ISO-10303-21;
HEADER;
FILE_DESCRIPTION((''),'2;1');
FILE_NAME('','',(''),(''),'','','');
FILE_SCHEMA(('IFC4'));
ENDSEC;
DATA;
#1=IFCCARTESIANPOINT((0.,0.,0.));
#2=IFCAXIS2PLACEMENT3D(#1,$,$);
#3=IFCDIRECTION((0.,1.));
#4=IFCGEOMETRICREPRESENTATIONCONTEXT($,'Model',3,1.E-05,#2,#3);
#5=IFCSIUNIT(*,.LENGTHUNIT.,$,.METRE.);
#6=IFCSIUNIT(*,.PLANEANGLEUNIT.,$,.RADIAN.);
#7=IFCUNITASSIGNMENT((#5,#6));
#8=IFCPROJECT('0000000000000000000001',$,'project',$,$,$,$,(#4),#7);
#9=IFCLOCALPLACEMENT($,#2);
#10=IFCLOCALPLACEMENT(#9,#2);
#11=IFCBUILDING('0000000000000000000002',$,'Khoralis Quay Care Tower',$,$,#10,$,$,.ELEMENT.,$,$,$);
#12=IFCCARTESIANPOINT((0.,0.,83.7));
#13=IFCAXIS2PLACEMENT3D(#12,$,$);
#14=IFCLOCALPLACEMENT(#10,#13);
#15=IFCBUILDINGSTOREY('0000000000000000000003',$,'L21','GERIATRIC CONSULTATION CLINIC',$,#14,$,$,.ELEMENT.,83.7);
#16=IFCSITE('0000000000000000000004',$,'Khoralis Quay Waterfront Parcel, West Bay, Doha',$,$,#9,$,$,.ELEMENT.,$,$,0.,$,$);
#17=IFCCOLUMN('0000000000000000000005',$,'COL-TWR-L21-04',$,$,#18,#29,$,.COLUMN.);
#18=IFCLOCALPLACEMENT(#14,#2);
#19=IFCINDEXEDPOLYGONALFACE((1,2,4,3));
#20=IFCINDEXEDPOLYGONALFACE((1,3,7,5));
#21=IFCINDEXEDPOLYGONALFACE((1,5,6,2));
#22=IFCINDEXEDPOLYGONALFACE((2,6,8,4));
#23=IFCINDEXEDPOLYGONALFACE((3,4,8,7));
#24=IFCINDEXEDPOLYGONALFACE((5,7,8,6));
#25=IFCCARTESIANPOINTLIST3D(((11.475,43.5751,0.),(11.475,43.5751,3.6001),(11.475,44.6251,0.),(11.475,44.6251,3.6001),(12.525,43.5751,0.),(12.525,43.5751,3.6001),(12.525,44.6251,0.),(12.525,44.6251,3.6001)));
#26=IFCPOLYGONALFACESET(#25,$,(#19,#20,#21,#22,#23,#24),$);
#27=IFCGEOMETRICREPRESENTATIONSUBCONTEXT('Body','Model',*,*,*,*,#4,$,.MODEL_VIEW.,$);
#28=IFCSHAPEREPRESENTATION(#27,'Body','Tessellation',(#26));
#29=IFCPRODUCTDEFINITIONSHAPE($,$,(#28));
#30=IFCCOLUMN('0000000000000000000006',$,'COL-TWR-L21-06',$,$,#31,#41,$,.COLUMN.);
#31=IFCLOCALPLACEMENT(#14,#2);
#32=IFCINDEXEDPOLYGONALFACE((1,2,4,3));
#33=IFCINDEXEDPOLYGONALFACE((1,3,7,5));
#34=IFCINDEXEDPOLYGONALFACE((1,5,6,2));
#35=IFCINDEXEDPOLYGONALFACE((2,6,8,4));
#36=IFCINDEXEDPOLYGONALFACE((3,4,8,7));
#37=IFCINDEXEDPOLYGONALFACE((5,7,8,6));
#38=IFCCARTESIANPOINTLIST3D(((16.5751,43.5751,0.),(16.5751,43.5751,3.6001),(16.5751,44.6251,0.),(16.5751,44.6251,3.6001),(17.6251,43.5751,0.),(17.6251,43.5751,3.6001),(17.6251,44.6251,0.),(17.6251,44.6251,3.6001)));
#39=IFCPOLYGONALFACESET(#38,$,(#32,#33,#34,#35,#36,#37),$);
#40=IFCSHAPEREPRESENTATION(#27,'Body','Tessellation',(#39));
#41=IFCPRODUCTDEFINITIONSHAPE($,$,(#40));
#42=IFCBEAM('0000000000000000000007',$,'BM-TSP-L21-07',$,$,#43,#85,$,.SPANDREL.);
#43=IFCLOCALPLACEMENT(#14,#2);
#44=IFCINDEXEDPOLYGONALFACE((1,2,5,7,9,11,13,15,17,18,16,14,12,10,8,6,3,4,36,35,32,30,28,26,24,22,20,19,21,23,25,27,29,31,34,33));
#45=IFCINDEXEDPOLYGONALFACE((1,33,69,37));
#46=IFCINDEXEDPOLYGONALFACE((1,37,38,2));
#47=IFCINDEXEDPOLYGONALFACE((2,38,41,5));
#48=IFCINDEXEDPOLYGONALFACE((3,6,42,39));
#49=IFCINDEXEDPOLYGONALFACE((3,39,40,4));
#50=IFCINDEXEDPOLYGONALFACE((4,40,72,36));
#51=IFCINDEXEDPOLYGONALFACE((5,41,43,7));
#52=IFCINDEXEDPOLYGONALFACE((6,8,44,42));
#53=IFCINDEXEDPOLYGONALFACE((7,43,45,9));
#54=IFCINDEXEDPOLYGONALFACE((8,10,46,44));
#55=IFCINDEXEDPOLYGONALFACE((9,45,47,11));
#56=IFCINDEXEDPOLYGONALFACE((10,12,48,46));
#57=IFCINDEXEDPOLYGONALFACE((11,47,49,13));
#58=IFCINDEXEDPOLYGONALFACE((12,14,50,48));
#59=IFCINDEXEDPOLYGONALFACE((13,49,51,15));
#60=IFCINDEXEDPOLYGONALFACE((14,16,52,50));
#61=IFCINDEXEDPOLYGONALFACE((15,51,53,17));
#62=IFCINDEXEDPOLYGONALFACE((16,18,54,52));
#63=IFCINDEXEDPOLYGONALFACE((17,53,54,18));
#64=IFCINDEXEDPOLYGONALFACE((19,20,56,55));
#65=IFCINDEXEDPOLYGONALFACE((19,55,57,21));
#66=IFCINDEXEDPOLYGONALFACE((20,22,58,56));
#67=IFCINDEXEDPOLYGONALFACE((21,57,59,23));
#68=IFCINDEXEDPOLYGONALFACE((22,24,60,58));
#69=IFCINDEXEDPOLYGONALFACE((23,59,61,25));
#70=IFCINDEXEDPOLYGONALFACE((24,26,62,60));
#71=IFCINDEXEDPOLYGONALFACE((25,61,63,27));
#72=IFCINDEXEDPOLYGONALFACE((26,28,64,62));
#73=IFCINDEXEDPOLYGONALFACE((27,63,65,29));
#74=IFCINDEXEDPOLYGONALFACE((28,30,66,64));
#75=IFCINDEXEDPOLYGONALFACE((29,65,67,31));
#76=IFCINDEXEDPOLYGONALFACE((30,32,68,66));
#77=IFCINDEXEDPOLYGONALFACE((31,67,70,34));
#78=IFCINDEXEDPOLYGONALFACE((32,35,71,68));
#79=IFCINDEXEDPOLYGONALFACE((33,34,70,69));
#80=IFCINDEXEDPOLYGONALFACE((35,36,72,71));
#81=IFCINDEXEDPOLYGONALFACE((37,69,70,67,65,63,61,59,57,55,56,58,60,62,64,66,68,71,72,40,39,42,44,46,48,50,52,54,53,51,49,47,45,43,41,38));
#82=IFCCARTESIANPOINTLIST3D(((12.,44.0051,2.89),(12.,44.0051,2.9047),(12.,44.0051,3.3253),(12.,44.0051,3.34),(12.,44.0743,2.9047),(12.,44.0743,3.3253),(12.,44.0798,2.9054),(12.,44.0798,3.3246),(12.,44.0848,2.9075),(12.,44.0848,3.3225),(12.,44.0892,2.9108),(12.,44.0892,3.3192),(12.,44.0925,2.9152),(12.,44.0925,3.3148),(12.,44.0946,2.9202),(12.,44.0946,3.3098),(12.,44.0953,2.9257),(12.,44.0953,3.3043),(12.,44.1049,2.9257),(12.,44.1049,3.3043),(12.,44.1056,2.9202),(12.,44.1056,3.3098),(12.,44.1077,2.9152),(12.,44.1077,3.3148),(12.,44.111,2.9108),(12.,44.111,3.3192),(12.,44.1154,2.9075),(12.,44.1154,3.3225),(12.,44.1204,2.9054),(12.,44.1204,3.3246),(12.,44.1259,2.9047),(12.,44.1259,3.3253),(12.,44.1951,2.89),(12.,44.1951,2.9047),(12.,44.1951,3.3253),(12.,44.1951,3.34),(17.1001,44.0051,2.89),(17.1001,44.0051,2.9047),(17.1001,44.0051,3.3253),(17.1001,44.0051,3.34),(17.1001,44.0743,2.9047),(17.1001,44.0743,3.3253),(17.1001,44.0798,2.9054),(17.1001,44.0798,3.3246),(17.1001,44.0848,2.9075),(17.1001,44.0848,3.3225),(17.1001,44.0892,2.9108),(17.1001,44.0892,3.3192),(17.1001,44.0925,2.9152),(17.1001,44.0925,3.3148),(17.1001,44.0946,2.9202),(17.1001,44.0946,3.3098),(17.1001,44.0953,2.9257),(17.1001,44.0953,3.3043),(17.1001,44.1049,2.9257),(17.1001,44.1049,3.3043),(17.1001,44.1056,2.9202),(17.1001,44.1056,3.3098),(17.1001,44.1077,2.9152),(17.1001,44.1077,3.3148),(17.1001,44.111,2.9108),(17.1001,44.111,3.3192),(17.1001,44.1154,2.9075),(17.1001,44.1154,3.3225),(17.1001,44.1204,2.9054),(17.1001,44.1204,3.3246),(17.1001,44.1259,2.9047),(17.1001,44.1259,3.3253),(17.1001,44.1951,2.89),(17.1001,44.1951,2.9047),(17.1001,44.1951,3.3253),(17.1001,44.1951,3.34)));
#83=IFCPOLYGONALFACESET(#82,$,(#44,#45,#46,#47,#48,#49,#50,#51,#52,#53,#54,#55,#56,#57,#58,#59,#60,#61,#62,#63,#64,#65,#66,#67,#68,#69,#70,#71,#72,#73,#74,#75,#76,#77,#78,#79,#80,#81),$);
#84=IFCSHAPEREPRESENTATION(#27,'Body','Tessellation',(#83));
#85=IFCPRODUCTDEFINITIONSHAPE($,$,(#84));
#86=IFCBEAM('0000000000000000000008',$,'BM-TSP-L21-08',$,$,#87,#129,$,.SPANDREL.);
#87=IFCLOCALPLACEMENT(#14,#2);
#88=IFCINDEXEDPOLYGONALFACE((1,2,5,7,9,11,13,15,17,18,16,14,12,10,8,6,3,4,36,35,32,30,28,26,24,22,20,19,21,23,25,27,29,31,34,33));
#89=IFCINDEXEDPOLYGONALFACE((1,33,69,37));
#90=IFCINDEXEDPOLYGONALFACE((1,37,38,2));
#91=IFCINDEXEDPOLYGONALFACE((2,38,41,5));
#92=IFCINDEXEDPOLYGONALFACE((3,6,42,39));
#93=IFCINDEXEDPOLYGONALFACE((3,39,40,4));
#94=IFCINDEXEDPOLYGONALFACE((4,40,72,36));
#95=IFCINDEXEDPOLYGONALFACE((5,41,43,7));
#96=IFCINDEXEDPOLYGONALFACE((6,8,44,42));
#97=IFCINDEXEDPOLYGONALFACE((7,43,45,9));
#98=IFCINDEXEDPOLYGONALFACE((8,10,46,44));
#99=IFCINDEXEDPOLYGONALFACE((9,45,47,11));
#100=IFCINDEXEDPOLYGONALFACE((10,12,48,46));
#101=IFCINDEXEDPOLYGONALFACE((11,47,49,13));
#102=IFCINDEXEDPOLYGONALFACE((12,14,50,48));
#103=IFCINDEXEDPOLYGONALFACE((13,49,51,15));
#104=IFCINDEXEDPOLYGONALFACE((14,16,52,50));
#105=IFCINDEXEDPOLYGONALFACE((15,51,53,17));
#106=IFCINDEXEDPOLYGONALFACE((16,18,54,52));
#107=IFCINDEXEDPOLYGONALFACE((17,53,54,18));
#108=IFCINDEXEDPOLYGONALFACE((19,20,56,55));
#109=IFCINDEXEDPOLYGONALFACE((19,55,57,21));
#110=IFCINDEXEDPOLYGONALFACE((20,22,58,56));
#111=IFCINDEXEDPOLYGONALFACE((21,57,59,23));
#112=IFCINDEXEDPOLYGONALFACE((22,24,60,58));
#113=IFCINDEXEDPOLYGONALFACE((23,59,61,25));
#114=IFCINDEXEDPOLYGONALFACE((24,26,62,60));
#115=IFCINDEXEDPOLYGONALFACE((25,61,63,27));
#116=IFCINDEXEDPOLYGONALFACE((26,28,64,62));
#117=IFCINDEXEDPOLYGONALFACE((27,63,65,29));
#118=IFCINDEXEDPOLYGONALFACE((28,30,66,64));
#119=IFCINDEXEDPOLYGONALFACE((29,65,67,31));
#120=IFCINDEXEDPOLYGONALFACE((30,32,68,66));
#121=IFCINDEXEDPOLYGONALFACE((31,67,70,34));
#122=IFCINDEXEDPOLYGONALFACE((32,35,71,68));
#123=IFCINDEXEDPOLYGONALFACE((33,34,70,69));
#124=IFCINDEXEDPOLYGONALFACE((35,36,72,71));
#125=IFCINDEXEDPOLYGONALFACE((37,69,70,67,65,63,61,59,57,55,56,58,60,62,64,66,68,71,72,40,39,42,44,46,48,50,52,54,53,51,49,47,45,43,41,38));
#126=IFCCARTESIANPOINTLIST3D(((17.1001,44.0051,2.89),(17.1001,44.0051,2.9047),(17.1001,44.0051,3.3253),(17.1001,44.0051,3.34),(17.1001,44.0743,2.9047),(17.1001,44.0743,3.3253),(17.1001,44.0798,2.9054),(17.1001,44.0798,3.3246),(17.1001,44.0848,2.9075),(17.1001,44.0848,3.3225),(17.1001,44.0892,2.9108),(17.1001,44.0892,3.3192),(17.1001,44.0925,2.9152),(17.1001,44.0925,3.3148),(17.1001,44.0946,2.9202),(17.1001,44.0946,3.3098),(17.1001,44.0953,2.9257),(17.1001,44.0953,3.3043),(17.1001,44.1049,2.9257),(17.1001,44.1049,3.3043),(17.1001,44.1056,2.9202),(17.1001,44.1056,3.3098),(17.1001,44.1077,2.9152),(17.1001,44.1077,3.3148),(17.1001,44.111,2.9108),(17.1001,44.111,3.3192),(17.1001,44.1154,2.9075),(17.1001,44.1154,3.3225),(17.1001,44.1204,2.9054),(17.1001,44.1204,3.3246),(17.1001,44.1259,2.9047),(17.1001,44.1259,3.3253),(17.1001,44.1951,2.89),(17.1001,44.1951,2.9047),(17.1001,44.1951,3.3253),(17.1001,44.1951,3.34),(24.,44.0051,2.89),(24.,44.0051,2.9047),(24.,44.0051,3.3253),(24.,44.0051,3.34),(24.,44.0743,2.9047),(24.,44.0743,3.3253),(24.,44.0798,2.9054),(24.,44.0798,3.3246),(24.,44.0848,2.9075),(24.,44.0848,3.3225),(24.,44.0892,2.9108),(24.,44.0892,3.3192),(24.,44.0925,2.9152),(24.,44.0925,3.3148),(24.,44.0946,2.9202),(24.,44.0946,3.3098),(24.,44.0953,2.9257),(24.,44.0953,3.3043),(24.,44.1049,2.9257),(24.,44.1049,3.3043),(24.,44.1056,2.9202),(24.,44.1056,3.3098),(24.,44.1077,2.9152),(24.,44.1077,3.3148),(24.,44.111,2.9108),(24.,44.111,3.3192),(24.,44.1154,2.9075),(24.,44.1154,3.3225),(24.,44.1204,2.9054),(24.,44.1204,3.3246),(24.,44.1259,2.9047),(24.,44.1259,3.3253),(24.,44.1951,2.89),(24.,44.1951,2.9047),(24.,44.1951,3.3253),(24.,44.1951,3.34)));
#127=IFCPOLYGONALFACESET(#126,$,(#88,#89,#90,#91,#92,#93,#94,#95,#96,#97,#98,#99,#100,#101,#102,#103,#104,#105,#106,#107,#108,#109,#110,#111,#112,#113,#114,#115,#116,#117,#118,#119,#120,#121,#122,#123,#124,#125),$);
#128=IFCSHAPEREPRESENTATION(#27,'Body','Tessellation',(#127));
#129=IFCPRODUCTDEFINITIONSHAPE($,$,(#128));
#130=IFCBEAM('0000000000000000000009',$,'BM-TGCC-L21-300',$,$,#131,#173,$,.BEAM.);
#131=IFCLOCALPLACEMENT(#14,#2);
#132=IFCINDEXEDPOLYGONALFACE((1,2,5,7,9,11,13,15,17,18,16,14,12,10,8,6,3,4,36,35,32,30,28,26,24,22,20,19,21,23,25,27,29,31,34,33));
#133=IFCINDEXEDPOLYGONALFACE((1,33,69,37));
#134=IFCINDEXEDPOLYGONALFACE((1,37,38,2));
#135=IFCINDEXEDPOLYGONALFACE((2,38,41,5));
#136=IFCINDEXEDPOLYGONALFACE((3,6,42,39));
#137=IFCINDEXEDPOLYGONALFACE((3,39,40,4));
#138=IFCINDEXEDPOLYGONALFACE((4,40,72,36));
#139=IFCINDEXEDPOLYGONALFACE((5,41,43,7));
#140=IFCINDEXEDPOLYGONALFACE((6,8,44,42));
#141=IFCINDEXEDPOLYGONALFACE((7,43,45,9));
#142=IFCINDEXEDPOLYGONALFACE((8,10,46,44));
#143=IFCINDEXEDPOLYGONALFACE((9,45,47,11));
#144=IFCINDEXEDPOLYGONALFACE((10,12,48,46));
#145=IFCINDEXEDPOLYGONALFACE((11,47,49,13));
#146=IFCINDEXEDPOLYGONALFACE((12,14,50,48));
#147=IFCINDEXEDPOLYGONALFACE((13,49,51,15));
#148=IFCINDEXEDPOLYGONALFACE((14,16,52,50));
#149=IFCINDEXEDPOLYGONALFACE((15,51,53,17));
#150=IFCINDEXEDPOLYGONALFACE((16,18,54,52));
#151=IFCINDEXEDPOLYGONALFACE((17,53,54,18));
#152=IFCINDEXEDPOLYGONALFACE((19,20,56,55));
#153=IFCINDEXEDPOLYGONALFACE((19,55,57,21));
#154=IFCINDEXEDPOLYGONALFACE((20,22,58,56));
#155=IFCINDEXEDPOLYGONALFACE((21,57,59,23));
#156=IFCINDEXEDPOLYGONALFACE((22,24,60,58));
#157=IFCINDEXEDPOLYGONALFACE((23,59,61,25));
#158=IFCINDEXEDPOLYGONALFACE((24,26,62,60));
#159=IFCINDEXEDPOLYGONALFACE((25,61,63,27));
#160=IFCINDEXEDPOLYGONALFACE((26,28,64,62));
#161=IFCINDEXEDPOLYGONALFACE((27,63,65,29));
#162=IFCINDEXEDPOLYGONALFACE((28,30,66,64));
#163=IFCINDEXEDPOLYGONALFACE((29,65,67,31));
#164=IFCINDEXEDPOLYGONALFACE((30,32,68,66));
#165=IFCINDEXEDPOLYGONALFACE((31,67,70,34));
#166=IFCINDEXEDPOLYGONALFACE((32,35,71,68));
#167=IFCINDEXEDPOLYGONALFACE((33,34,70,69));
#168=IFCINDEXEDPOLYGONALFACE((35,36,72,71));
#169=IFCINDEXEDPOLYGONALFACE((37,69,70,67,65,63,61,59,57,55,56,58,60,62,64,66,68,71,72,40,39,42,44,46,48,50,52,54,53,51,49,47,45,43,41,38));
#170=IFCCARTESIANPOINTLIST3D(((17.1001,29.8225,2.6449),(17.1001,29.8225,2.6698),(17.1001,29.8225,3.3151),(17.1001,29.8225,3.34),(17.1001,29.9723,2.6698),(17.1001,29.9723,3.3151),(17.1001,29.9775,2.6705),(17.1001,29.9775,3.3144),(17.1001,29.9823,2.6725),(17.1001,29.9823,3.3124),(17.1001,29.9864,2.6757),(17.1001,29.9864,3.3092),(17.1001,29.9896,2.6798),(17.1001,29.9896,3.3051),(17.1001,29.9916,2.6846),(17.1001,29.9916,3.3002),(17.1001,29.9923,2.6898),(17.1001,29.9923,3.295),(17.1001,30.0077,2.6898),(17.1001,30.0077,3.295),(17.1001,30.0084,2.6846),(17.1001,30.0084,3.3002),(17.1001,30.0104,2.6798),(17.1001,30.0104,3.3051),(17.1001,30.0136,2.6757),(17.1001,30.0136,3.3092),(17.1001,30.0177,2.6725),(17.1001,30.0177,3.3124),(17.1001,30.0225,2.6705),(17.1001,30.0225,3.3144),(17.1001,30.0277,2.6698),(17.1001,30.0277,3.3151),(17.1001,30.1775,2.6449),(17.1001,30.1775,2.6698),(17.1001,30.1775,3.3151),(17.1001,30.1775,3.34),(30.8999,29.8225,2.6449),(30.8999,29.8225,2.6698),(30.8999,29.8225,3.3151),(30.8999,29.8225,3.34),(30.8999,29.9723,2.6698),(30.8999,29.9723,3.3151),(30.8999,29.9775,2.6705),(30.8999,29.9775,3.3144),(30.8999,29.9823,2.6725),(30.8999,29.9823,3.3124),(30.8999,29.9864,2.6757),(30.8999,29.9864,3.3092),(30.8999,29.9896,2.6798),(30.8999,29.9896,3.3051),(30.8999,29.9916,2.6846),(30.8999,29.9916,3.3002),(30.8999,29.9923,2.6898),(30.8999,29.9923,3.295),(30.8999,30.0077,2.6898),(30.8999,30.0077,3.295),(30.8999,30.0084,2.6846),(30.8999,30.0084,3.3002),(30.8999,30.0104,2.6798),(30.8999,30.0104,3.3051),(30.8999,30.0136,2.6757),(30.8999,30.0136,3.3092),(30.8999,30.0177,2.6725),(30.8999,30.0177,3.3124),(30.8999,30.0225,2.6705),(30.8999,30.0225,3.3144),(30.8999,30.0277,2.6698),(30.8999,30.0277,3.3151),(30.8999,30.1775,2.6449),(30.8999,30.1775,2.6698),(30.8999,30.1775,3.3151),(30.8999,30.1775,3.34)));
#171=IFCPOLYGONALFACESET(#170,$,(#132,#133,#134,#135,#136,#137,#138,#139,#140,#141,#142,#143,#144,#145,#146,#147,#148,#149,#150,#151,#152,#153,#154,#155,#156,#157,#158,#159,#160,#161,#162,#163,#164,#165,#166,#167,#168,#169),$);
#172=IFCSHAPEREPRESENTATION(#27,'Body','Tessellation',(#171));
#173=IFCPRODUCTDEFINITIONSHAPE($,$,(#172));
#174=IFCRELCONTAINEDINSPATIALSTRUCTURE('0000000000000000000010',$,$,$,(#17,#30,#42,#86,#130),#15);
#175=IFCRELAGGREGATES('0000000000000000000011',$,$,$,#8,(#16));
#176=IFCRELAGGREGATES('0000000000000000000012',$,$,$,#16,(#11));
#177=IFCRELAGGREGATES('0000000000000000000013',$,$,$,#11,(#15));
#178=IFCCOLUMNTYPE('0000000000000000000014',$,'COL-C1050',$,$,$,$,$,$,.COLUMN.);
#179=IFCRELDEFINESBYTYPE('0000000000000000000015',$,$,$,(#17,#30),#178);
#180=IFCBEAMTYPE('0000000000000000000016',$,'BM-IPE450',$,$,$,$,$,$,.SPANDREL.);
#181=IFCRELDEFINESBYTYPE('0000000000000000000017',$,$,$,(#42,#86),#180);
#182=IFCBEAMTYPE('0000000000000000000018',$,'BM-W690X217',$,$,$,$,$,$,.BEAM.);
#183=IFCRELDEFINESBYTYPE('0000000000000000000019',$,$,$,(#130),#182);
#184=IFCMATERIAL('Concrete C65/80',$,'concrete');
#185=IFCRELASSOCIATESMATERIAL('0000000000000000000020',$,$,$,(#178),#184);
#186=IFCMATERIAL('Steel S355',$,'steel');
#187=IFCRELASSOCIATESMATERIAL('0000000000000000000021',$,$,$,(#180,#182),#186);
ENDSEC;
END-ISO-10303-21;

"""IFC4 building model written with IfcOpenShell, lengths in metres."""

from ifc_helpers import new_model, si_unit, direction, frame, origin, origin_2d, place, context, subcontext, project, spatial, rectangle, i_section, extrude, source, transform, mapped, material, material_profile, profile_set, type_object, element, save


model = new_model("IFC4")

# Units and contexts
model_context = context("Model", 3, precision=1e-05, world=origin(), true_north=direction((0.0, 1.0)))
body_context = subcontext(model_context, "Body", "Model", "MODEL_VIEW")
ifc_project = project(units=[si_unit("LENGTHUNIT", "METRE"), si_unit("PLANEANGLEUNIT", "RADIAN")], contexts=[model_context])

# Site, building, storey
site_placement = place(None, origin())
site = spatial("IfcSite", under=ifc_project, at=site_placement, Name="Khoralis Quay Waterfront Parcel, West Bay, Doha", CompositionType="ELEMENT", RefElevation=0.0)
building_placement = place(site_placement, origin())
building = spatial("IfcBuilding", under=site, at=building_placement, Name="Khoralis Quay Care Tower", CompositionType="ELEMENT")
storey_placement = place(building_placement, frame((0.0, 0.0, 83.7)))
storey = spatial("IfcBuildingStorey", under=building, at=storey_placement, Name="L21", Description="GERIATRIC CONSULTATION CLINIC", CompositionType="ELEMENT", Elevation=83.7)

# Columns
ifc_material_1 = material(Name="Concrete C65/80", Category="concrete")
ifc_material_profile_1 = material_profile(ifc_material_1, rectangle(XDim=1.05, YDim=1.05, at=origin_2d()), Name="Concrete C65/80")
ifc_profile_set_1 = profile_set([ifc_material_profile_1], Name="Concrete C65/80")
column_type = type_object("IfcColumnType", Name="COL-C1050", PredefinedType="COLUMN", material=ifc_profile_set_1)
shared_shape_1 = source(origin(), body_context, "Body", "SweptSolid", [
    extrude(rectangle(XDim=1.05, YDim=1.05, at=origin_2d()), origin(), (0.0, 0.0, 1.0), 3.6001),
])
for number, where, z_axis, x_axis, name in (
    (1, (12.0, 44.1001, 0.0), (0.0, 0.0, 1.0), (1.0, 0.0, 0.0), "COL-TWR-L21-04"),
    (2, (17.1001, 44.1001, 0.0), (0.0, 0.0, 1.0), (1.0, 0.0, 0.0), "COL-TWR-L21-06"),
):
    element("IfcColumn", number, at=place(storey_placement, frame(where, z_axis=z_axis, x_axis=x_axis)), inside=storey, type_object=column_type, Name=name, PredefinedType="COLUMN", context=body_context, shape_type="MappedRepresentation", body=[
        mapped(shared_shape_1, transform((0.0, 0.0, 0.0), scale=1.0)),
    ])

# Beams
ifc_material_2 = material(Name="Steel S355", Category="steel")
ifc_material_profile_2 = material_profile(ifc_material_2, i_section(OverallWidth=0.1899, OverallDepth=0.45, WebThickness=0.0095, FlangeThickness=0.0146, FilletRadius=0.021, at=origin_2d()), Name="Steel S355")
ifc_profile_set_2 = profile_set([ifc_material_profile_2], Name="Steel S355")
beam_type_1 = type_object("IfcBeamType", Name="BM-IPE450", PredefinedType="SPANDREL", material=ifc_profile_set_2)
shared_shape_2 = source(origin(), body_context, "Body", "SweptSolid", [
    extrude(i_section(OverallWidth=0.1899, OverallDepth=0.45, WebThickness=0.0095, FlangeThickness=0.0146, FilletRadius=0.021, at=origin_2d()), origin(), (0.0, 0.0, 1.0), 5.1001),
])
beam_1_placement = place(storey_placement, frame((12.0, 44.1001, 3.115), z_axis=(1.0, 0.0, 0.0), x_axis=(0.0, 1.0, 0.0)))
element("IfcBeam", 3, at=beam_1_placement, inside=storey, type_object=beam_type_1, Name="BM-TSP-L21-07", PredefinedType="SPANDREL", context=body_context, shape_type="MappedRepresentation", body=[
    mapped(shared_shape_2, transform((0.0, 0.0, 0.0), scale=1.0)),
])
shared_shape_3 = source(origin(), body_context, "Body", "SweptSolid", [
    extrude(i_section(OverallWidth=0.1899, OverallDepth=0.45, WebThickness=0.0095, FlangeThickness=0.0146, FilletRadius=0.021, at=origin_2d()), origin(), (0.0, 0.0, 1.0), 6.8999),
])
beam_2_placement = place(storey_placement, frame((17.1001, 44.1001, 3.115), z_axis=(1.0, 0.0, 0.0), x_axis=(0.0, 1.0, 0.0)))
element("IfcBeam", 4, at=beam_2_placement, inside=storey, type_object=beam_type_1, Name="BM-TSP-L21-08", PredefinedType="SPANDREL", context=body_context, shape_type="MappedRepresentation", body=[
    mapped(shared_shape_3, transform((0.0, 0.0, 0.0), scale=1.0)),
])
ifc_material_profile_3 = material_profile(ifc_material_2, i_section(OverallWidth=0.355, OverallDepth=0.6951, WebThickness=0.0154, FlangeThickness=0.0249, FilletRadius=0.02, at=origin_2d()), Name="Steel S355")
ifc_profile_set_3 = profile_set([ifc_material_profile_3], Name="Steel S355")
beam_type_2 = type_object("IfcBeamType", Name="BM-W690X217", PredefinedType="BEAM", material=ifc_profile_set_3)
shared_shape_4 = source(origin(), body_context, "Body", "SweptSolid", [
    extrude(i_section(OverallWidth=0.355, OverallDepth=0.6951, WebThickness=0.0154, FlangeThickness=0.0249, FilletRadius=0.02, at=origin_2d()), origin(), (0.0, 0.0, 1.0), 13.7998),
])
beam_3_placement = place(storey_placement, frame((17.1001, 30.0, 2.9924), z_axis=(1.0, 0.0, 0.0), x_axis=(0.0, 1.0, 0.0)))
element("IfcBeam", 5, at=beam_3_placement, inside=storey, type_object=beam_type_2, Name="BM-TGCC-L21-300", PredefinedType="BEAM", context=body_context, shape_type="MappedRepresentation", body=[
    mapped(shared_shape_4, transform((0.0, 0.0, 0.0), scale=1.0)),
])

save(model, "model.ifc")
